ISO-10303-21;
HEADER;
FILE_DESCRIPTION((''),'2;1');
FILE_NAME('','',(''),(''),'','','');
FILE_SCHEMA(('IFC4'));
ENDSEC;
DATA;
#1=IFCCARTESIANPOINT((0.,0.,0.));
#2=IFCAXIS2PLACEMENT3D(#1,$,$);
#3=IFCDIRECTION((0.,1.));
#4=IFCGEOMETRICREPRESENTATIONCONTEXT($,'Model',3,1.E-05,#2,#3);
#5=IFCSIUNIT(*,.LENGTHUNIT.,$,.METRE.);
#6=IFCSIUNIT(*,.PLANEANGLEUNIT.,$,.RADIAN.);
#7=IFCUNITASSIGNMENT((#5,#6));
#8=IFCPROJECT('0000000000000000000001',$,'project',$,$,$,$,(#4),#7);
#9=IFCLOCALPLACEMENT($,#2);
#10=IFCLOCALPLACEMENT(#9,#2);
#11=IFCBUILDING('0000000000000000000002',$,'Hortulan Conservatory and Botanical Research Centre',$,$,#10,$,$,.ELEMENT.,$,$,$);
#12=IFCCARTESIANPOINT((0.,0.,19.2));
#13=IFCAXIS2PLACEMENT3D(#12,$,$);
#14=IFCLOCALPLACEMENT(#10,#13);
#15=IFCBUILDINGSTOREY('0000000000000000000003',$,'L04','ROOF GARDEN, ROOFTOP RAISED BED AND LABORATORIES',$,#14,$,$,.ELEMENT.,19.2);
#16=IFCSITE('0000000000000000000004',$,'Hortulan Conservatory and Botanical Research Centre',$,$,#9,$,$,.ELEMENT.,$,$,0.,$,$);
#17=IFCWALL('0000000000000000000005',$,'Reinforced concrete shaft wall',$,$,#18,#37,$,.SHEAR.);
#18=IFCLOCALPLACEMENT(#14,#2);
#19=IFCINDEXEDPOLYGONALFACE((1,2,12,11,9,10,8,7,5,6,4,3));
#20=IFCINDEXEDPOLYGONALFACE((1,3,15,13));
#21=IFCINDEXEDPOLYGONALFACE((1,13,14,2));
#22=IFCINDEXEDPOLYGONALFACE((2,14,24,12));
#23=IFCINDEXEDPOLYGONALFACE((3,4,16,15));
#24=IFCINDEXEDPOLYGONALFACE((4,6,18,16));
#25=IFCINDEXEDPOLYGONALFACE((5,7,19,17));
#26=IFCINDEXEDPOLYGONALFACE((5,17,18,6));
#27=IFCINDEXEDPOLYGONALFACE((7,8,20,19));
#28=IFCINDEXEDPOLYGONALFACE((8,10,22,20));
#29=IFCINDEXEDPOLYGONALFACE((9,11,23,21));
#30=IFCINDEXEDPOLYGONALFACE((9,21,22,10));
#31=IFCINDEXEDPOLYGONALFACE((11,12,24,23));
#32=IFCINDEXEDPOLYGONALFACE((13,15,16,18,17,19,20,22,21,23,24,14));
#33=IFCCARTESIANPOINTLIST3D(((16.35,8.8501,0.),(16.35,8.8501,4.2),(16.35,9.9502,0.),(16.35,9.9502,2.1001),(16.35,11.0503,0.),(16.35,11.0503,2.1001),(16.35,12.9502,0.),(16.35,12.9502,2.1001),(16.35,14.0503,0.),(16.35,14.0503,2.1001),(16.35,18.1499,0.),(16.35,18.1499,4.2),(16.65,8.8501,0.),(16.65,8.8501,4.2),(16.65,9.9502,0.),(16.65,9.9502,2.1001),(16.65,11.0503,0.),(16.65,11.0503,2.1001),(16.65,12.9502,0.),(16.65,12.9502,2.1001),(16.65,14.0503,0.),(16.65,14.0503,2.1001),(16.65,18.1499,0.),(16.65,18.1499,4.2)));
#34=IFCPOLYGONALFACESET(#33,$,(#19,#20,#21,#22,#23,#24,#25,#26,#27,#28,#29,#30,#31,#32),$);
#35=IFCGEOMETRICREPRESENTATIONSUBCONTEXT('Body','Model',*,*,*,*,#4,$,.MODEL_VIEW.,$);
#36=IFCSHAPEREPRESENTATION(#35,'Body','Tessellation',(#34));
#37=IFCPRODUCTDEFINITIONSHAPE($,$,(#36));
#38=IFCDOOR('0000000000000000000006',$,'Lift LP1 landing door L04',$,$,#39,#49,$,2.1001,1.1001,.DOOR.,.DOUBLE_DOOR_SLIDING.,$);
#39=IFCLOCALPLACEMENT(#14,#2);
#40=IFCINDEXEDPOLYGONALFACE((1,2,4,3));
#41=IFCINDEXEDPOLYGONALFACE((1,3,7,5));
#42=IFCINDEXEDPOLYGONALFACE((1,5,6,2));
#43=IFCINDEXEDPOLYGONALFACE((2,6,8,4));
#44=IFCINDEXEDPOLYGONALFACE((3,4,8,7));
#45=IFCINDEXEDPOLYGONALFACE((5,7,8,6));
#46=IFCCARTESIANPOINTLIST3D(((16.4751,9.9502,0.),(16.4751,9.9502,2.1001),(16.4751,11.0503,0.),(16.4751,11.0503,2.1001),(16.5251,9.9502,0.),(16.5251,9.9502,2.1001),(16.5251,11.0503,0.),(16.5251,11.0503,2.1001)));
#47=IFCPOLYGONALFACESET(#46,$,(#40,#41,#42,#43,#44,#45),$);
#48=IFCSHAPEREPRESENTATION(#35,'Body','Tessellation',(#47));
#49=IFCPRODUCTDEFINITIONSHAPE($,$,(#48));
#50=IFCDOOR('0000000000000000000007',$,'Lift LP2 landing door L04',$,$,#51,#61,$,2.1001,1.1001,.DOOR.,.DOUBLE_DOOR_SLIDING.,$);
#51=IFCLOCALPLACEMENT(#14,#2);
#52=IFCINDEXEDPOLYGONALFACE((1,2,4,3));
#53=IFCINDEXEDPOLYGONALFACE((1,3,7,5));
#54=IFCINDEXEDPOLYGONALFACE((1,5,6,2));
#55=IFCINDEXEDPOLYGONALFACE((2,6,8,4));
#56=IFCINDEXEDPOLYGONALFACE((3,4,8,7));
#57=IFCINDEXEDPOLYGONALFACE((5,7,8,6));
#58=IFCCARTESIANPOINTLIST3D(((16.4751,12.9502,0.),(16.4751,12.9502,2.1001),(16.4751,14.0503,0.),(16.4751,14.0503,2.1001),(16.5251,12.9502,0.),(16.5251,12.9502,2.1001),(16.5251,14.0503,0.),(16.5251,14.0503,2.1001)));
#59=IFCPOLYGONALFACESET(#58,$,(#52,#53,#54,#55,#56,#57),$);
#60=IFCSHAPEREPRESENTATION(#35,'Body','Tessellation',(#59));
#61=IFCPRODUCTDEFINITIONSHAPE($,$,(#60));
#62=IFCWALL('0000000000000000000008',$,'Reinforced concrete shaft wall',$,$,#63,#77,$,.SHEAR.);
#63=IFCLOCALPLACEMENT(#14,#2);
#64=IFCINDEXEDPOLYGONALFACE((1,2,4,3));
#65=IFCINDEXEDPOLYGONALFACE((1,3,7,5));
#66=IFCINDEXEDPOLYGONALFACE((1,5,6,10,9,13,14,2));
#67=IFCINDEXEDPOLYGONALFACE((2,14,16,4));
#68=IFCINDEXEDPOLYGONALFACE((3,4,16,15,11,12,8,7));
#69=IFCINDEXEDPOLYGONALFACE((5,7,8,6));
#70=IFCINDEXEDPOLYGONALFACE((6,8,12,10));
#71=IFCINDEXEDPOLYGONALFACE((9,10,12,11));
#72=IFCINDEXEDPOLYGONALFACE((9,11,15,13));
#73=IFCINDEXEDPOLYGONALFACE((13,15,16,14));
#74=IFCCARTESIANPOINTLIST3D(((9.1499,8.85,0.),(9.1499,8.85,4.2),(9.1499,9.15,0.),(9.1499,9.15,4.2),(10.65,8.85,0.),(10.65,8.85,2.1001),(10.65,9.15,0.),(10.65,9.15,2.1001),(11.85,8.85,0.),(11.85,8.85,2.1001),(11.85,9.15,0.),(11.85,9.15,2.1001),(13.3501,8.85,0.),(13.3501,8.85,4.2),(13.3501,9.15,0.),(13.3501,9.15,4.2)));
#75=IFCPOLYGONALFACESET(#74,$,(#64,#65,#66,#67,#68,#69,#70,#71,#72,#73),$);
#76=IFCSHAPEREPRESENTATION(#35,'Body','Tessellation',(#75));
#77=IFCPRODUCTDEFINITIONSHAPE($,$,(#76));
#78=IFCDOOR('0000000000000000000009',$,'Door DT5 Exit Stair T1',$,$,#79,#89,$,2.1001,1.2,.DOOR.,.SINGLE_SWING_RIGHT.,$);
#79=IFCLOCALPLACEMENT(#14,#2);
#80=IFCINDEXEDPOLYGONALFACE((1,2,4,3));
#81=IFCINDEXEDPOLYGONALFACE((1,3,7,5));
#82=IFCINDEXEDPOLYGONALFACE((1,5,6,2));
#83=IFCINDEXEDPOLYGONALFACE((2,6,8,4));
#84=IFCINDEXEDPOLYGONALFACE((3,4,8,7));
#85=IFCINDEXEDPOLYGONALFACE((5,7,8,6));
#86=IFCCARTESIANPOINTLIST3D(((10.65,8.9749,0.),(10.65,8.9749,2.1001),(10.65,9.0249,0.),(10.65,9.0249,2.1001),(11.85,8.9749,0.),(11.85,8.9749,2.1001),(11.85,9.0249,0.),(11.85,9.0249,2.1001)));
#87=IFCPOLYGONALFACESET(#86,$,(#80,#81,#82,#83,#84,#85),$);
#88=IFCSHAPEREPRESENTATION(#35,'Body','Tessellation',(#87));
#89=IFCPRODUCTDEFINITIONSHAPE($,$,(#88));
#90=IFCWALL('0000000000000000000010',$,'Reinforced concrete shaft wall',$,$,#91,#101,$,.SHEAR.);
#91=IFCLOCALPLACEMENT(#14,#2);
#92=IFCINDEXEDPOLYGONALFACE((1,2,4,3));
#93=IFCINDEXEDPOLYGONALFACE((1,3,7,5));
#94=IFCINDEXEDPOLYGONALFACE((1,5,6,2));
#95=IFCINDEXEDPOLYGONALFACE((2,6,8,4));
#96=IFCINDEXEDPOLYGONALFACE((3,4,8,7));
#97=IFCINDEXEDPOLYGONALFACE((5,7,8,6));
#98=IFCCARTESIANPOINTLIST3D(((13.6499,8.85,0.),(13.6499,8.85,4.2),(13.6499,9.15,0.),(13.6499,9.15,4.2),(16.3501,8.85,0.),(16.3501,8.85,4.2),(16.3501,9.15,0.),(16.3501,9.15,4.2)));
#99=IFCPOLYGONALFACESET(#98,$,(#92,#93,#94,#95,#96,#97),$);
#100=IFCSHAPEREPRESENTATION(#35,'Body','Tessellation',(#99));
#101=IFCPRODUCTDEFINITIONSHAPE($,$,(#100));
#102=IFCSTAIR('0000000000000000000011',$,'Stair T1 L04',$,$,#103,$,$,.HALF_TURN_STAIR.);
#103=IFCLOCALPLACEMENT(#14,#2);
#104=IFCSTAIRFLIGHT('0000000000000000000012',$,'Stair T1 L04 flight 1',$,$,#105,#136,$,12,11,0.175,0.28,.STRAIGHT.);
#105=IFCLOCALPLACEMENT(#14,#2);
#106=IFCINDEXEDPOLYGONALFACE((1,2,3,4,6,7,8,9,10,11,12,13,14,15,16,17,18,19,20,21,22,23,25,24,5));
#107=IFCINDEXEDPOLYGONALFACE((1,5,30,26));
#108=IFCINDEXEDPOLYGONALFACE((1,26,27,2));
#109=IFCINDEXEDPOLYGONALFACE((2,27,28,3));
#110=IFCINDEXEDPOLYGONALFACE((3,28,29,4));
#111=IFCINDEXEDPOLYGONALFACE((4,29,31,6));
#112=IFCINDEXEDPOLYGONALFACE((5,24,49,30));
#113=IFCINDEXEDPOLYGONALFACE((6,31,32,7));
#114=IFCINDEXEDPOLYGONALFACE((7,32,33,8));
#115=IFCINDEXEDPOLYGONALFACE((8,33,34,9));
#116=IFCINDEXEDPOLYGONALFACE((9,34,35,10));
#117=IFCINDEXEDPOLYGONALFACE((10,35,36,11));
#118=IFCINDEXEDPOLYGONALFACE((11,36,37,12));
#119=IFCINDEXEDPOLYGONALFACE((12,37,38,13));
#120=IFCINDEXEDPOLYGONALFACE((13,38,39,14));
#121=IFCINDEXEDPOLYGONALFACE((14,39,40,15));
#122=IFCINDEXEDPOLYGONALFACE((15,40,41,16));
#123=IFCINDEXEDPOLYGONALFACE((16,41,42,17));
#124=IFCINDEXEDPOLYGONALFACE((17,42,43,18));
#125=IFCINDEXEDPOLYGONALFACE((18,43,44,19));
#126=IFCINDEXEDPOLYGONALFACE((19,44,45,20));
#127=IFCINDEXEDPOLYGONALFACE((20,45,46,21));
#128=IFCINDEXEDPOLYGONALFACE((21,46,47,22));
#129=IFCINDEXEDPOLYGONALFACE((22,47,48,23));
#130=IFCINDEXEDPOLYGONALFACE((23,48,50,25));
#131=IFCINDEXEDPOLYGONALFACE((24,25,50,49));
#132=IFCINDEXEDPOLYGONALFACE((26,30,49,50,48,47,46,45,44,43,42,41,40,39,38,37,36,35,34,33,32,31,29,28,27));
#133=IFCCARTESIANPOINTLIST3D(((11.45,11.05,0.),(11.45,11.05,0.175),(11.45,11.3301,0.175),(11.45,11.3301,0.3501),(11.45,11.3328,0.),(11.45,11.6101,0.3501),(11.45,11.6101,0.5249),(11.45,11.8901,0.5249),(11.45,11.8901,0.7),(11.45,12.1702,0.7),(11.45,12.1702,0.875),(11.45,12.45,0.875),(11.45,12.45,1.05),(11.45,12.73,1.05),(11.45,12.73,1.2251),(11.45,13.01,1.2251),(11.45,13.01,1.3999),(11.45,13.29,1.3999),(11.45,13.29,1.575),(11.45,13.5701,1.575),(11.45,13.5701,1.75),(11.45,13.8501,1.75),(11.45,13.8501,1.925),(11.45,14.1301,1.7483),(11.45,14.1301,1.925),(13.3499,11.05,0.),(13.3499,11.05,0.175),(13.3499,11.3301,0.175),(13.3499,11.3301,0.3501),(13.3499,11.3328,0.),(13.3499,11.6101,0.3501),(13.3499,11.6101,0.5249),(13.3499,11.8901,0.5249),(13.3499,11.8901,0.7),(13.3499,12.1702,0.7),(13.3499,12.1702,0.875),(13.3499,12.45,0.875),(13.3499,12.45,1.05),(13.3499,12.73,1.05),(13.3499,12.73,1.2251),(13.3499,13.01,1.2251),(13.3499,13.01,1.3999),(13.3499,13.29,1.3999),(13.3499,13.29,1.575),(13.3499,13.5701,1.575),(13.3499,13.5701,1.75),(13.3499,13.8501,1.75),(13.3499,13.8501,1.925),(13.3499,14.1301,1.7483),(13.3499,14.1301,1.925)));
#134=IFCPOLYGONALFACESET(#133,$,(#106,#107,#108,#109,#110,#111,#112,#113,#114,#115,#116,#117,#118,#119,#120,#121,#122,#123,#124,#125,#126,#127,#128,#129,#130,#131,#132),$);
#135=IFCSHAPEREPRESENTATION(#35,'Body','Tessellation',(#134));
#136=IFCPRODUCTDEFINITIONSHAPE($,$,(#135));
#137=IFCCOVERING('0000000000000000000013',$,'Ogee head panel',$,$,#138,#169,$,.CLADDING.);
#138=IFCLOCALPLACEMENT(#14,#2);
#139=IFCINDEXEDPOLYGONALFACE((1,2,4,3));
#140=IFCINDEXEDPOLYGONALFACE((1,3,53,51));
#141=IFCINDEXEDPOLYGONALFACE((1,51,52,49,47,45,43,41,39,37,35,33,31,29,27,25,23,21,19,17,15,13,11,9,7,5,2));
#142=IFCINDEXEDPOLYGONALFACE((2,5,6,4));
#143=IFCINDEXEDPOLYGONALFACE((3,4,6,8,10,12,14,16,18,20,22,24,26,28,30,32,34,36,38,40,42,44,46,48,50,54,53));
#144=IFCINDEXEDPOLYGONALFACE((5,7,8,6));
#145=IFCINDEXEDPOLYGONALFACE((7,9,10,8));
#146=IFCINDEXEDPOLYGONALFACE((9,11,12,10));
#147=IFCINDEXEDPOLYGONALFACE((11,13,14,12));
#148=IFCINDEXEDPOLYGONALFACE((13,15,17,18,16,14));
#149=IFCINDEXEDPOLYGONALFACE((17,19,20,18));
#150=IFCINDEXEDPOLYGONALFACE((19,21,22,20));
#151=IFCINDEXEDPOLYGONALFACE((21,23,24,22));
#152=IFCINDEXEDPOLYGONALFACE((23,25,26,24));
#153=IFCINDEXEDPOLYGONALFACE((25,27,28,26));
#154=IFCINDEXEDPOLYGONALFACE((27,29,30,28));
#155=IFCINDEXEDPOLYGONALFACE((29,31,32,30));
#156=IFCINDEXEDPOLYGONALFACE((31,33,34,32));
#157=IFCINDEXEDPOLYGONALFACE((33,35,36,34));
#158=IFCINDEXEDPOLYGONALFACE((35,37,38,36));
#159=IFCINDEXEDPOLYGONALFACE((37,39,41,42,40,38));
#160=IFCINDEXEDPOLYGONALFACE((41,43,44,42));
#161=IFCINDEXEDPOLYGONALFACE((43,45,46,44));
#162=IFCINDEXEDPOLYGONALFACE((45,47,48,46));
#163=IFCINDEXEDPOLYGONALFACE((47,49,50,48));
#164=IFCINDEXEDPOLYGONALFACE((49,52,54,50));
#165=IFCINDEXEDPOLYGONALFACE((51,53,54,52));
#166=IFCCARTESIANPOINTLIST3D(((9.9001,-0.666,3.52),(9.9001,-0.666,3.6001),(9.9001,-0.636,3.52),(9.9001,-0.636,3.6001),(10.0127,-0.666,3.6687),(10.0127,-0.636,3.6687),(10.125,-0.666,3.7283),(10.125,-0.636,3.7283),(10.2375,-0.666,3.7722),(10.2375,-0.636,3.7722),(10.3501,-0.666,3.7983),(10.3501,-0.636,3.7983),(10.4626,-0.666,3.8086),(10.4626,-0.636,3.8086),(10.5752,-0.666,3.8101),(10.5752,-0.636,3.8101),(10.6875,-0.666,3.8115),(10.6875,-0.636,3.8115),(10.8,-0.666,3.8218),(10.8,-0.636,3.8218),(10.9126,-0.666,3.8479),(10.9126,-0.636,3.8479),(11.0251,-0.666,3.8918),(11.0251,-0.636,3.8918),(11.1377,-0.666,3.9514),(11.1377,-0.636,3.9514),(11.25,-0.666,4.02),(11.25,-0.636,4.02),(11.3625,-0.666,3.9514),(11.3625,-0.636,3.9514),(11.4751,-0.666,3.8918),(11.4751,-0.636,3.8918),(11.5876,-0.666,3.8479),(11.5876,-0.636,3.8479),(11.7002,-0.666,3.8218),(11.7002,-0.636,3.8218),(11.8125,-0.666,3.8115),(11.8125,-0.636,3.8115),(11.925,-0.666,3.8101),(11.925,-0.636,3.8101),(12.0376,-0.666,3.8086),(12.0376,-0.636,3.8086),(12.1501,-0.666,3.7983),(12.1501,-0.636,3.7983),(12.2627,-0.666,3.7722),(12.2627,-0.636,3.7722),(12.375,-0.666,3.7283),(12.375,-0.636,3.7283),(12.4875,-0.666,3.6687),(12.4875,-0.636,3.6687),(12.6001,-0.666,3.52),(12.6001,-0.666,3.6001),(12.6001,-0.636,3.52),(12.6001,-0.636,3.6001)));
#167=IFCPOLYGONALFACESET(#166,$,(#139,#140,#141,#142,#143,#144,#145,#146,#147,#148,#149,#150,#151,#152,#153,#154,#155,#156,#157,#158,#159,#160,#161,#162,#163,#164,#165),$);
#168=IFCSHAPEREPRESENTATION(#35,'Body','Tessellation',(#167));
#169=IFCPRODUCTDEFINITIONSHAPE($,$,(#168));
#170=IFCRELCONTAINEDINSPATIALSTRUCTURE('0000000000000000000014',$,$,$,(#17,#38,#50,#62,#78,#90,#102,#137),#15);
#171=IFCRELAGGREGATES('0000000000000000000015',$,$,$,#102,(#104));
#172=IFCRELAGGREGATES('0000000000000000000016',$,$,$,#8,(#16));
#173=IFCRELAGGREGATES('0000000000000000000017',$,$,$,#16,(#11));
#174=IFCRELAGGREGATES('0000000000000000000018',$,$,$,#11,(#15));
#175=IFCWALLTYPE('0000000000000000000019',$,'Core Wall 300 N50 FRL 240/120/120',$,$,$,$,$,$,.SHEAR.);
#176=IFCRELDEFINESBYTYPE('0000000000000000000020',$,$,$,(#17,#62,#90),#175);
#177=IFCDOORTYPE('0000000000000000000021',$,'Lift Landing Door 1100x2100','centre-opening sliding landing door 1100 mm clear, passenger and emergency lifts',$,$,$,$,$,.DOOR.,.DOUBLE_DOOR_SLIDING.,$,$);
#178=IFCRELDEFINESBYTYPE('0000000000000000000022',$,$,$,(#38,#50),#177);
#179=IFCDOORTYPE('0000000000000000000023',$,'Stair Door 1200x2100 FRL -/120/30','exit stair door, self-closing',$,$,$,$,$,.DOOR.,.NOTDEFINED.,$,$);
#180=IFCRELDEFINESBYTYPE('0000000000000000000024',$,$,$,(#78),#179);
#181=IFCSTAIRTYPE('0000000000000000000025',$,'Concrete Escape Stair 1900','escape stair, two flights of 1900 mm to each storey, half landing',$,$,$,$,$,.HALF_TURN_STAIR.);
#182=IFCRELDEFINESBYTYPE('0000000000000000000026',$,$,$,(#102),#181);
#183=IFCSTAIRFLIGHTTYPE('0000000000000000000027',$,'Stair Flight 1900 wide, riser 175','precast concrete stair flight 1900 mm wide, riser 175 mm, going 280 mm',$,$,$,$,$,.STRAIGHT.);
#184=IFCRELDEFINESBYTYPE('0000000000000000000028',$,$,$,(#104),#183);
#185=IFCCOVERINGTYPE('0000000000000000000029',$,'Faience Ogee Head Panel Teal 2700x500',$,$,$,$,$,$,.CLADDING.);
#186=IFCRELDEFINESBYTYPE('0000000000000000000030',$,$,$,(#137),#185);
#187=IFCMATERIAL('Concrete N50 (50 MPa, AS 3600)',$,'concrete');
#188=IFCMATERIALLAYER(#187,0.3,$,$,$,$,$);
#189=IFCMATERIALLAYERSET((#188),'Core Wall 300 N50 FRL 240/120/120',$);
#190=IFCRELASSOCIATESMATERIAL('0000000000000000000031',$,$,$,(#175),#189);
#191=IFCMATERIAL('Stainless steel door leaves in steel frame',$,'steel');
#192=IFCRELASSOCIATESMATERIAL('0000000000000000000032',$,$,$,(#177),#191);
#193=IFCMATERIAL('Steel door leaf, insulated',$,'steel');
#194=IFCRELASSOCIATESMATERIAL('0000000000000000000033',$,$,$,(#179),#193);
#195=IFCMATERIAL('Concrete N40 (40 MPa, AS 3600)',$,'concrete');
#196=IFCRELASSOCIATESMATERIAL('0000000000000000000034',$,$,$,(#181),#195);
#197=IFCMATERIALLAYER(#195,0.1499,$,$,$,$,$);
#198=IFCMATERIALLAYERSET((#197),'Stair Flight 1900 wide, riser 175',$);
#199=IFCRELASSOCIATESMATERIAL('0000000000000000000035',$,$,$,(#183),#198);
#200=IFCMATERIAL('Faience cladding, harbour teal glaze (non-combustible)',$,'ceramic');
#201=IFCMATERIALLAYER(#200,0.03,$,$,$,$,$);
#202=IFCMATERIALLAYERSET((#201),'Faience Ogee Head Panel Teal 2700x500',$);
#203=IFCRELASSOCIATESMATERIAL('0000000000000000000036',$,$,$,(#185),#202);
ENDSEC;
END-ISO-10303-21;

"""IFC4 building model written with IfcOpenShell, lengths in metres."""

from ifc_helpers import new_model, si_unit, direction, frame, frame_2d, origin, place, context, subcontext, project, spatial, polyline, rectangle, outline, extrude, material, layer, layer_set, type_object, element, fill, aggregate, save


model = new_model("IFC4")

# Units and contexts
model_context = context("Model", 3, precision=1e-05, world=origin(), true_north=direction((0.0, 1.0)))
body_context = subcontext(model_context, "Body", "Model", "MODEL_VIEW")
ifc_project = project(units=[si_unit("LENGTHUNIT", "METRE"), si_unit("PLANEANGLEUNIT", "RADIAN")], contexts=[model_context])

# Site, building, storey
site_placement = place(None, origin())
site = spatial("IfcSite", under=ifc_project, at=site_placement, Name="Hortulan Conservatory and Botanical Research Centre", CompositionType="ELEMENT", RefElevation=0.0)
building_placement = place(site_placement, origin())
building = spatial("IfcBuilding", under=site, at=building_placement, Name="Hortulan Conservatory and Botanical Research Centre", CompositionType="ELEMENT")
storey_placement = place(building_placement, frame((0.0, 0.0, 19.2)))
storey = spatial("IfcBuildingStorey", under=building, at=storey_placement, Name="L04", Description="ROOF GARDEN, ROOFTOP RAISED BED AND LABORATORIES", CompositionType="ELEMENT", Elevation=19.2)

# Shared definitions
ifc_material_1 = material(Name="Concrete N50 (50 MPa, AS 3600)", Category="concrete")
ifc_layer_1 = layer(ifc_material_1, 0.3)
ifc_layer_set_1 = layer_set([ifc_layer_1], Name="Core Wall 300 N50 FRL 240/120/120")
wall_type = type_object("IfcWallType", Name="Core Wall 300 N50 FRL 240/120/120", PredefinedType="SHEAR", material=ifc_layer_set_1)

# Wall, openings, doors
wall_1_placement = place(storey_placement, frame((16.5, 8.8501, 0.0), z_axis=(0.0, 0.0, 1.0), x_axis=(0.0, 1.0, 0.0)))
wall_1 = element("IfcWall", 1, at=wall_1_placement, inside=storey, type_object=wall_type, Name="Reinforced concrete shaft wall", PredefinedType="SHEAR", context=body_context, shape_type="SweptSolid", body=[
    extrude(rectangle(XDim=9.2998, YDim=0.3, at=frame_2d((4.6499, 0.0))), origin(), (0.0, 0.0, 1.0), 4.2),
])
opening_1_placement = place(wall_1_placement, frame((1.1001, 0.0, 0.0)))
opening_1 = element("IfcOpeningElement", 2, at=opening_1_placement, cuts=wall_1, PredefinedType="OPENING", context=body_context, shape_type="SweptSolid", body=[
    extrude(rectangle(XDim=1.1001, YDim=2.1001, at=frame_2d((0.55, 1.05))), frame((0.0, 0.1599, 0.0), z_axis=(0.0, -1.0, 0.0), x_axis=(1.0, 0.0, 0.0)), (0.0, 0.0, 1.0), 0.3201),
])
opening_2_placement = place(wall_1_placement, frame((4.1001, 0.0, 0.0)))
opening_2 = element("IfcOpeningElement", 3, at=opening_2_placement, cuts=wall_1, PredefinedType="OPENING", context=body_context, shape_type="SweptSolid", body=[
    extrude(rectangle(XDim=1.1001, YDim=2.1001, at=frame_2d((0.55, 1.05))), frame((0.0, 0.1599, 0.0), z_axis=(0.0, -1.0, 0.0), x_axis=(1.0, 0.0, 0.0)), (0.0, 0.0, 1.0), 0.3201),
])
ifc_material_2 = material(Name="Stainless steel door leaves in steel frame", Category="steel")
door_type_1 = type_object("IfcDoorType", Name="Lift Landing Door 1100x2100", Description="centre-opening sliding landing door 1100 mm clear, passenger and emergency lifts", OperationType="DOUBLE_DOOR_SLIDING", PredefinedType="DOOR", material=ifc_material_2)
door_1_placement = place(opening_1_placement, origin())
door_1 = element("IfcDoor", 4, at=door_1_placement, inside=storey, type_object=door_type_1, Name="Lift LP1 landing door L04", OperationType="DOUBLE_DOOR_SLIDING", OverallHeight=2.1001, OverallWidth=1.1001, PredefinedType="DOOR", context=body_context, shape_type="SweptSolid", body=[
    extrude(rectangle(XDim=1.1001, YDim=2.1001, at=frame_2d((0.55, 1.05))), frame((0.0, 0.0249, 0.0), z_axis=(0.0, -1.0, 0.0), x_axis=(1.0, 0.0, 0.0)), (0.0, 0.0, 1.0), 0.05),
])
fill(opening_1, door_1)
door_2_placement = place(opening_2_placement, origin())
door_2 = element("IfcDoor", 5, at=door_2_placement, inside=storey, type_object=door_type_1, Name="Lift LP2 landing door L04", OperationType="DOUBLE_DOOR_SLIDING", OverallHeight=2.1001, OverallWidth=1.1001, PredefinedType="DOOR", context=body_context, shape_type="SweptSolid", body=[
    extrude(rectangle(XDim=1.1001, YDim=2.1001, at=frame_2d((0.55, 1.05))), frame((0.0, 0.0249, 0.0), z_axis=(0.0, -1.0, 0.0), x_axis=(1.0, 0.0, 0.0)), (0.0, 0.0, 1.0), 0.05),
])
fill(opening_2, door_2)

# Wall, opening, door
wall_2_placement = place(storey_placement, frame((9.1499, 9.0, 0.0), z_axis=(0.0, 0.0, 1.0), x_axis=(1.0, 0.0, 0.0)))
wall_2 = element("IfcWall", 6, at=wall_2_placement, inside=storey, type_object=wall_type, Name="Reinforced concrete shaft wall", PredefinedType="SHEAR", context=body_context, shape_type="SweptSolid", body=[
    extrude(rectangle(XDim=4.2002, YDim=0.3, at=frame_2d((2.1001, 0.0))), origin(), (0.0, 0.0, 1.0), 4.2),
])
opening_3_placement = place(wall_2_placement, frame((1.5, 0.0, 0.0)))
opening_3 = element("IfcOpeningElement", 7, at=opening_3_placement, cuts=wall_2, PredefinedType="OPENING", context=body_context, shape_type="SweptSolid", body=[
    extrude(rectangle(XDim=1.2, YDim=2.1001, at=frame_2d((0.6001, 1.05))), frame((0.0, 0.1599, 0.0), z_axis=(0.0, -1.0, 0.0), x_axis=(1.0, 0.0, 0.0)), (0.0, 0.0, 1.0), 0.3201),
])
ifc_material_3 = material(Name="Steel door leaf, insulated", Category="steel")
door_type_2 = type_object("IfcDoorType", Name="Stair Door 1200x2100 FRL -/120/30", Description="exit stair door, self-closing", OperationType="NOTDEFINED", PredefinedType="DOOR", material=ifc_material_3)
door_3_placement = place(opening_3_placement, origin())
door_3 = element("IfcDoor", 8, at=door_3_placement, inside=storey, type_object=door_type_2, Name="Door DT5 Exit Stair T1", OperationType="SINGLE_SWING_RIGHT", OverallHeight=2.1001, OverallWidth=1.2, PredefinedType="DOOR", context=body_context, shape_type="SweptSolid", body=[
    extrude(rectangle(XDim=1.2, YDim=2.1001, at=frame_2d((0.6001, 1.05))), frame((0.0, 0.0249, 0.0), z_axis=(0.0, -1.0, 0.0), x_axis=(1.0, 0.0, 0.0)), (0.0, 0.0, 1.0), 0.05),
])
fill(opening_3, door_3)

# Wall
wall_3_placement = place(storey_placement, frame((13.6499, 9.0, 0.0), z_axis=(0.0, 0.0, 1.0), x_axis=(1.0, 0.0, 0.0)))
element("IfcWall", 9, at=wall_3_placement, inside=storey, type_object=wall_type, Name="Reinforced concrete shaft wall", PredefinedType="SHEAR", context=body_context, shape_type="SweptSolid", body=[
    extrude(rectangle(XDim=2.7002, YDim=0.3, at=frame_2d((1.3501, 0.0))), origin(), (0.0, 0.0, 1.0), 4.2),
])

# Stair, stair flight
ifc_material_4 = material(Name="Concrete N40 (40 MPa, AS 3600)", Category="concrete")
stair_type = type_object("IfcStairType", Name="Concrete Escape Stair 1900", Description="escape stair, two flights of 1900 mm to each storey, half landing", PredefinedType="HALF_TURN_STAIR", material=ifc_material_4)
stair_placement = place(storey_placement, origin())
stair = element("IfcStair", 10, at=stair_placement, inside=storey, type_object=stair_type, Name="Stair T1 L04", PredefinedType="HALF_TURN_STAIR")
ifc_layer_2 = layer(ifc_material_4, 0.1499)
ifc_layer_set_2 = layer_set([ifc_layer_2], Name="Stair Flight 1900 wide, riser 175")
stair_flight_type = type_object("IfcStairFlightType", Name="Stair Flight 1900 wide, riser 175", Description="precast concrete stair flight 1900 mm wide, riser 175 mm, going 280 mm", PredefinedType="STRAIGHT", material=ifc_layer_set_2)
stair_flight_placement = place(storey_placement, frame((12.3999, 11.05, 0.0), z_axis=(0.0, 0.0, 1.0), x_axis=(0.0, 1.0, 0.0)))
stair_flight = element("IfcStairFlight", 11, at=stair_flight_placement, type_object=stair_flight_type, Name="Stair T1 L04 flight 1", NumberOfRisers=12, NumberOfTreads=11, PredefinedType="STRAIGHT", RiserHeight=0.175, TreadLength=0.28, context=body_context, shape_type="SweptSolid", body=[
    extrude(outline(polyline([(0.0, 0.0), (0.0, 0.175), (0.28, 0.175), (0.28, 0.3501), (0.5601, 0.3501), (0.5601, 0.5249), (0.8401, 0.5249), (0.8401, 0.7), (1.1201, 0.7), (1.1201, 0.875), (1.3999, 0.875), (1.3999, 1.05), (1.6799, 1.05), (1.6799, 1.2251), (1.96, 1.2251), (1.96, 1.3999), (2.24, 1.3999), (2.24, 1.575), (2.52, 1.575), (2.52, 1.75), (2.8, 1.75), (2.8, 1.925), (3.0801, 1.925), (3.0801, 2.1001), (3.0801, 1.7483), (0.2827, 0.0), (0.0, 0.0)])), frame((0.0, 0.95, 0.0), z_axis=(0.0, -1.0, 0.0), x_axis=(1.0, 0.0, 0.0)), (0.0, 0.0, 1.0), 1.8999),
])
aggregate(stair, [stair_flight])

# Covering
ifc_material_5 = material(Name="Faience cladding, harbour teal glaze (non-combustible)", Category="ceramic")
ifc_layer_3 = layer(ifc_material_5, 0.03)
ifc_layer_set_3 = layer_set([ifc_layer_3], Name="Faience Ogee Head Panel Teal 2700x500")
covering_type_1 = type_object("IfcCoveringType", Name="Faience Ogee Head Panel Teal 2700x500", PredefinedType="CLADDING", material=ifc_layer_set_3)
covering_1_placement = place(storey_placement, frame((12.6001, -0.6509, 3.52), z_axis=(0.0, 0.0, 1.0), x_axis=(-1.0, 0.0, 0.0)))
element("IfcCovering", 12, at=covering_1_placement, inside=storey, type_object=covering_type_1, Name="Ogee head panel", PredefinedType="CLADDING", context=body_context, shape_type="SweptSolid", body=[
    extrude(outline(polyline([(0.0, 0.0), (2.7, 0.0), (2.7, 0.0801), (2.5874, 0.1487), (2.4751, 0.2083), (2.3625, 0.2522), (2.25, 0.2783), (2.1375, 0.2886), (2.0249, 0.29), (1.9126, 0.2915), (1.8, 0.3018), (1.6875, 0.3279), (1.575, 0.3718), (1.4624, 0.4314), (1.3501, 0.5), (1.2375, 0.4314), (1.125, 0.3718), (1.0125, 0.3279), (0.8999, 0.3018), (0.7876, 0.2915), (0.675, 0.29), (0.5625, 0.2886), (0.45, 0.2783), (0.3374, 0.2522), (0.2251, 0.2083), (0.1125, 0.1487), (0.0, 0.0801), (0.0, 0.0)])), frame((0.0, 0.0151, 0.0), z_axis=(0.0, -1.0, 0.0), x_axis=(1.0, 0.0, 0.0)), (0.0, 0.0, 1.0), 0.03),
])

save(model, "model.ifc")
